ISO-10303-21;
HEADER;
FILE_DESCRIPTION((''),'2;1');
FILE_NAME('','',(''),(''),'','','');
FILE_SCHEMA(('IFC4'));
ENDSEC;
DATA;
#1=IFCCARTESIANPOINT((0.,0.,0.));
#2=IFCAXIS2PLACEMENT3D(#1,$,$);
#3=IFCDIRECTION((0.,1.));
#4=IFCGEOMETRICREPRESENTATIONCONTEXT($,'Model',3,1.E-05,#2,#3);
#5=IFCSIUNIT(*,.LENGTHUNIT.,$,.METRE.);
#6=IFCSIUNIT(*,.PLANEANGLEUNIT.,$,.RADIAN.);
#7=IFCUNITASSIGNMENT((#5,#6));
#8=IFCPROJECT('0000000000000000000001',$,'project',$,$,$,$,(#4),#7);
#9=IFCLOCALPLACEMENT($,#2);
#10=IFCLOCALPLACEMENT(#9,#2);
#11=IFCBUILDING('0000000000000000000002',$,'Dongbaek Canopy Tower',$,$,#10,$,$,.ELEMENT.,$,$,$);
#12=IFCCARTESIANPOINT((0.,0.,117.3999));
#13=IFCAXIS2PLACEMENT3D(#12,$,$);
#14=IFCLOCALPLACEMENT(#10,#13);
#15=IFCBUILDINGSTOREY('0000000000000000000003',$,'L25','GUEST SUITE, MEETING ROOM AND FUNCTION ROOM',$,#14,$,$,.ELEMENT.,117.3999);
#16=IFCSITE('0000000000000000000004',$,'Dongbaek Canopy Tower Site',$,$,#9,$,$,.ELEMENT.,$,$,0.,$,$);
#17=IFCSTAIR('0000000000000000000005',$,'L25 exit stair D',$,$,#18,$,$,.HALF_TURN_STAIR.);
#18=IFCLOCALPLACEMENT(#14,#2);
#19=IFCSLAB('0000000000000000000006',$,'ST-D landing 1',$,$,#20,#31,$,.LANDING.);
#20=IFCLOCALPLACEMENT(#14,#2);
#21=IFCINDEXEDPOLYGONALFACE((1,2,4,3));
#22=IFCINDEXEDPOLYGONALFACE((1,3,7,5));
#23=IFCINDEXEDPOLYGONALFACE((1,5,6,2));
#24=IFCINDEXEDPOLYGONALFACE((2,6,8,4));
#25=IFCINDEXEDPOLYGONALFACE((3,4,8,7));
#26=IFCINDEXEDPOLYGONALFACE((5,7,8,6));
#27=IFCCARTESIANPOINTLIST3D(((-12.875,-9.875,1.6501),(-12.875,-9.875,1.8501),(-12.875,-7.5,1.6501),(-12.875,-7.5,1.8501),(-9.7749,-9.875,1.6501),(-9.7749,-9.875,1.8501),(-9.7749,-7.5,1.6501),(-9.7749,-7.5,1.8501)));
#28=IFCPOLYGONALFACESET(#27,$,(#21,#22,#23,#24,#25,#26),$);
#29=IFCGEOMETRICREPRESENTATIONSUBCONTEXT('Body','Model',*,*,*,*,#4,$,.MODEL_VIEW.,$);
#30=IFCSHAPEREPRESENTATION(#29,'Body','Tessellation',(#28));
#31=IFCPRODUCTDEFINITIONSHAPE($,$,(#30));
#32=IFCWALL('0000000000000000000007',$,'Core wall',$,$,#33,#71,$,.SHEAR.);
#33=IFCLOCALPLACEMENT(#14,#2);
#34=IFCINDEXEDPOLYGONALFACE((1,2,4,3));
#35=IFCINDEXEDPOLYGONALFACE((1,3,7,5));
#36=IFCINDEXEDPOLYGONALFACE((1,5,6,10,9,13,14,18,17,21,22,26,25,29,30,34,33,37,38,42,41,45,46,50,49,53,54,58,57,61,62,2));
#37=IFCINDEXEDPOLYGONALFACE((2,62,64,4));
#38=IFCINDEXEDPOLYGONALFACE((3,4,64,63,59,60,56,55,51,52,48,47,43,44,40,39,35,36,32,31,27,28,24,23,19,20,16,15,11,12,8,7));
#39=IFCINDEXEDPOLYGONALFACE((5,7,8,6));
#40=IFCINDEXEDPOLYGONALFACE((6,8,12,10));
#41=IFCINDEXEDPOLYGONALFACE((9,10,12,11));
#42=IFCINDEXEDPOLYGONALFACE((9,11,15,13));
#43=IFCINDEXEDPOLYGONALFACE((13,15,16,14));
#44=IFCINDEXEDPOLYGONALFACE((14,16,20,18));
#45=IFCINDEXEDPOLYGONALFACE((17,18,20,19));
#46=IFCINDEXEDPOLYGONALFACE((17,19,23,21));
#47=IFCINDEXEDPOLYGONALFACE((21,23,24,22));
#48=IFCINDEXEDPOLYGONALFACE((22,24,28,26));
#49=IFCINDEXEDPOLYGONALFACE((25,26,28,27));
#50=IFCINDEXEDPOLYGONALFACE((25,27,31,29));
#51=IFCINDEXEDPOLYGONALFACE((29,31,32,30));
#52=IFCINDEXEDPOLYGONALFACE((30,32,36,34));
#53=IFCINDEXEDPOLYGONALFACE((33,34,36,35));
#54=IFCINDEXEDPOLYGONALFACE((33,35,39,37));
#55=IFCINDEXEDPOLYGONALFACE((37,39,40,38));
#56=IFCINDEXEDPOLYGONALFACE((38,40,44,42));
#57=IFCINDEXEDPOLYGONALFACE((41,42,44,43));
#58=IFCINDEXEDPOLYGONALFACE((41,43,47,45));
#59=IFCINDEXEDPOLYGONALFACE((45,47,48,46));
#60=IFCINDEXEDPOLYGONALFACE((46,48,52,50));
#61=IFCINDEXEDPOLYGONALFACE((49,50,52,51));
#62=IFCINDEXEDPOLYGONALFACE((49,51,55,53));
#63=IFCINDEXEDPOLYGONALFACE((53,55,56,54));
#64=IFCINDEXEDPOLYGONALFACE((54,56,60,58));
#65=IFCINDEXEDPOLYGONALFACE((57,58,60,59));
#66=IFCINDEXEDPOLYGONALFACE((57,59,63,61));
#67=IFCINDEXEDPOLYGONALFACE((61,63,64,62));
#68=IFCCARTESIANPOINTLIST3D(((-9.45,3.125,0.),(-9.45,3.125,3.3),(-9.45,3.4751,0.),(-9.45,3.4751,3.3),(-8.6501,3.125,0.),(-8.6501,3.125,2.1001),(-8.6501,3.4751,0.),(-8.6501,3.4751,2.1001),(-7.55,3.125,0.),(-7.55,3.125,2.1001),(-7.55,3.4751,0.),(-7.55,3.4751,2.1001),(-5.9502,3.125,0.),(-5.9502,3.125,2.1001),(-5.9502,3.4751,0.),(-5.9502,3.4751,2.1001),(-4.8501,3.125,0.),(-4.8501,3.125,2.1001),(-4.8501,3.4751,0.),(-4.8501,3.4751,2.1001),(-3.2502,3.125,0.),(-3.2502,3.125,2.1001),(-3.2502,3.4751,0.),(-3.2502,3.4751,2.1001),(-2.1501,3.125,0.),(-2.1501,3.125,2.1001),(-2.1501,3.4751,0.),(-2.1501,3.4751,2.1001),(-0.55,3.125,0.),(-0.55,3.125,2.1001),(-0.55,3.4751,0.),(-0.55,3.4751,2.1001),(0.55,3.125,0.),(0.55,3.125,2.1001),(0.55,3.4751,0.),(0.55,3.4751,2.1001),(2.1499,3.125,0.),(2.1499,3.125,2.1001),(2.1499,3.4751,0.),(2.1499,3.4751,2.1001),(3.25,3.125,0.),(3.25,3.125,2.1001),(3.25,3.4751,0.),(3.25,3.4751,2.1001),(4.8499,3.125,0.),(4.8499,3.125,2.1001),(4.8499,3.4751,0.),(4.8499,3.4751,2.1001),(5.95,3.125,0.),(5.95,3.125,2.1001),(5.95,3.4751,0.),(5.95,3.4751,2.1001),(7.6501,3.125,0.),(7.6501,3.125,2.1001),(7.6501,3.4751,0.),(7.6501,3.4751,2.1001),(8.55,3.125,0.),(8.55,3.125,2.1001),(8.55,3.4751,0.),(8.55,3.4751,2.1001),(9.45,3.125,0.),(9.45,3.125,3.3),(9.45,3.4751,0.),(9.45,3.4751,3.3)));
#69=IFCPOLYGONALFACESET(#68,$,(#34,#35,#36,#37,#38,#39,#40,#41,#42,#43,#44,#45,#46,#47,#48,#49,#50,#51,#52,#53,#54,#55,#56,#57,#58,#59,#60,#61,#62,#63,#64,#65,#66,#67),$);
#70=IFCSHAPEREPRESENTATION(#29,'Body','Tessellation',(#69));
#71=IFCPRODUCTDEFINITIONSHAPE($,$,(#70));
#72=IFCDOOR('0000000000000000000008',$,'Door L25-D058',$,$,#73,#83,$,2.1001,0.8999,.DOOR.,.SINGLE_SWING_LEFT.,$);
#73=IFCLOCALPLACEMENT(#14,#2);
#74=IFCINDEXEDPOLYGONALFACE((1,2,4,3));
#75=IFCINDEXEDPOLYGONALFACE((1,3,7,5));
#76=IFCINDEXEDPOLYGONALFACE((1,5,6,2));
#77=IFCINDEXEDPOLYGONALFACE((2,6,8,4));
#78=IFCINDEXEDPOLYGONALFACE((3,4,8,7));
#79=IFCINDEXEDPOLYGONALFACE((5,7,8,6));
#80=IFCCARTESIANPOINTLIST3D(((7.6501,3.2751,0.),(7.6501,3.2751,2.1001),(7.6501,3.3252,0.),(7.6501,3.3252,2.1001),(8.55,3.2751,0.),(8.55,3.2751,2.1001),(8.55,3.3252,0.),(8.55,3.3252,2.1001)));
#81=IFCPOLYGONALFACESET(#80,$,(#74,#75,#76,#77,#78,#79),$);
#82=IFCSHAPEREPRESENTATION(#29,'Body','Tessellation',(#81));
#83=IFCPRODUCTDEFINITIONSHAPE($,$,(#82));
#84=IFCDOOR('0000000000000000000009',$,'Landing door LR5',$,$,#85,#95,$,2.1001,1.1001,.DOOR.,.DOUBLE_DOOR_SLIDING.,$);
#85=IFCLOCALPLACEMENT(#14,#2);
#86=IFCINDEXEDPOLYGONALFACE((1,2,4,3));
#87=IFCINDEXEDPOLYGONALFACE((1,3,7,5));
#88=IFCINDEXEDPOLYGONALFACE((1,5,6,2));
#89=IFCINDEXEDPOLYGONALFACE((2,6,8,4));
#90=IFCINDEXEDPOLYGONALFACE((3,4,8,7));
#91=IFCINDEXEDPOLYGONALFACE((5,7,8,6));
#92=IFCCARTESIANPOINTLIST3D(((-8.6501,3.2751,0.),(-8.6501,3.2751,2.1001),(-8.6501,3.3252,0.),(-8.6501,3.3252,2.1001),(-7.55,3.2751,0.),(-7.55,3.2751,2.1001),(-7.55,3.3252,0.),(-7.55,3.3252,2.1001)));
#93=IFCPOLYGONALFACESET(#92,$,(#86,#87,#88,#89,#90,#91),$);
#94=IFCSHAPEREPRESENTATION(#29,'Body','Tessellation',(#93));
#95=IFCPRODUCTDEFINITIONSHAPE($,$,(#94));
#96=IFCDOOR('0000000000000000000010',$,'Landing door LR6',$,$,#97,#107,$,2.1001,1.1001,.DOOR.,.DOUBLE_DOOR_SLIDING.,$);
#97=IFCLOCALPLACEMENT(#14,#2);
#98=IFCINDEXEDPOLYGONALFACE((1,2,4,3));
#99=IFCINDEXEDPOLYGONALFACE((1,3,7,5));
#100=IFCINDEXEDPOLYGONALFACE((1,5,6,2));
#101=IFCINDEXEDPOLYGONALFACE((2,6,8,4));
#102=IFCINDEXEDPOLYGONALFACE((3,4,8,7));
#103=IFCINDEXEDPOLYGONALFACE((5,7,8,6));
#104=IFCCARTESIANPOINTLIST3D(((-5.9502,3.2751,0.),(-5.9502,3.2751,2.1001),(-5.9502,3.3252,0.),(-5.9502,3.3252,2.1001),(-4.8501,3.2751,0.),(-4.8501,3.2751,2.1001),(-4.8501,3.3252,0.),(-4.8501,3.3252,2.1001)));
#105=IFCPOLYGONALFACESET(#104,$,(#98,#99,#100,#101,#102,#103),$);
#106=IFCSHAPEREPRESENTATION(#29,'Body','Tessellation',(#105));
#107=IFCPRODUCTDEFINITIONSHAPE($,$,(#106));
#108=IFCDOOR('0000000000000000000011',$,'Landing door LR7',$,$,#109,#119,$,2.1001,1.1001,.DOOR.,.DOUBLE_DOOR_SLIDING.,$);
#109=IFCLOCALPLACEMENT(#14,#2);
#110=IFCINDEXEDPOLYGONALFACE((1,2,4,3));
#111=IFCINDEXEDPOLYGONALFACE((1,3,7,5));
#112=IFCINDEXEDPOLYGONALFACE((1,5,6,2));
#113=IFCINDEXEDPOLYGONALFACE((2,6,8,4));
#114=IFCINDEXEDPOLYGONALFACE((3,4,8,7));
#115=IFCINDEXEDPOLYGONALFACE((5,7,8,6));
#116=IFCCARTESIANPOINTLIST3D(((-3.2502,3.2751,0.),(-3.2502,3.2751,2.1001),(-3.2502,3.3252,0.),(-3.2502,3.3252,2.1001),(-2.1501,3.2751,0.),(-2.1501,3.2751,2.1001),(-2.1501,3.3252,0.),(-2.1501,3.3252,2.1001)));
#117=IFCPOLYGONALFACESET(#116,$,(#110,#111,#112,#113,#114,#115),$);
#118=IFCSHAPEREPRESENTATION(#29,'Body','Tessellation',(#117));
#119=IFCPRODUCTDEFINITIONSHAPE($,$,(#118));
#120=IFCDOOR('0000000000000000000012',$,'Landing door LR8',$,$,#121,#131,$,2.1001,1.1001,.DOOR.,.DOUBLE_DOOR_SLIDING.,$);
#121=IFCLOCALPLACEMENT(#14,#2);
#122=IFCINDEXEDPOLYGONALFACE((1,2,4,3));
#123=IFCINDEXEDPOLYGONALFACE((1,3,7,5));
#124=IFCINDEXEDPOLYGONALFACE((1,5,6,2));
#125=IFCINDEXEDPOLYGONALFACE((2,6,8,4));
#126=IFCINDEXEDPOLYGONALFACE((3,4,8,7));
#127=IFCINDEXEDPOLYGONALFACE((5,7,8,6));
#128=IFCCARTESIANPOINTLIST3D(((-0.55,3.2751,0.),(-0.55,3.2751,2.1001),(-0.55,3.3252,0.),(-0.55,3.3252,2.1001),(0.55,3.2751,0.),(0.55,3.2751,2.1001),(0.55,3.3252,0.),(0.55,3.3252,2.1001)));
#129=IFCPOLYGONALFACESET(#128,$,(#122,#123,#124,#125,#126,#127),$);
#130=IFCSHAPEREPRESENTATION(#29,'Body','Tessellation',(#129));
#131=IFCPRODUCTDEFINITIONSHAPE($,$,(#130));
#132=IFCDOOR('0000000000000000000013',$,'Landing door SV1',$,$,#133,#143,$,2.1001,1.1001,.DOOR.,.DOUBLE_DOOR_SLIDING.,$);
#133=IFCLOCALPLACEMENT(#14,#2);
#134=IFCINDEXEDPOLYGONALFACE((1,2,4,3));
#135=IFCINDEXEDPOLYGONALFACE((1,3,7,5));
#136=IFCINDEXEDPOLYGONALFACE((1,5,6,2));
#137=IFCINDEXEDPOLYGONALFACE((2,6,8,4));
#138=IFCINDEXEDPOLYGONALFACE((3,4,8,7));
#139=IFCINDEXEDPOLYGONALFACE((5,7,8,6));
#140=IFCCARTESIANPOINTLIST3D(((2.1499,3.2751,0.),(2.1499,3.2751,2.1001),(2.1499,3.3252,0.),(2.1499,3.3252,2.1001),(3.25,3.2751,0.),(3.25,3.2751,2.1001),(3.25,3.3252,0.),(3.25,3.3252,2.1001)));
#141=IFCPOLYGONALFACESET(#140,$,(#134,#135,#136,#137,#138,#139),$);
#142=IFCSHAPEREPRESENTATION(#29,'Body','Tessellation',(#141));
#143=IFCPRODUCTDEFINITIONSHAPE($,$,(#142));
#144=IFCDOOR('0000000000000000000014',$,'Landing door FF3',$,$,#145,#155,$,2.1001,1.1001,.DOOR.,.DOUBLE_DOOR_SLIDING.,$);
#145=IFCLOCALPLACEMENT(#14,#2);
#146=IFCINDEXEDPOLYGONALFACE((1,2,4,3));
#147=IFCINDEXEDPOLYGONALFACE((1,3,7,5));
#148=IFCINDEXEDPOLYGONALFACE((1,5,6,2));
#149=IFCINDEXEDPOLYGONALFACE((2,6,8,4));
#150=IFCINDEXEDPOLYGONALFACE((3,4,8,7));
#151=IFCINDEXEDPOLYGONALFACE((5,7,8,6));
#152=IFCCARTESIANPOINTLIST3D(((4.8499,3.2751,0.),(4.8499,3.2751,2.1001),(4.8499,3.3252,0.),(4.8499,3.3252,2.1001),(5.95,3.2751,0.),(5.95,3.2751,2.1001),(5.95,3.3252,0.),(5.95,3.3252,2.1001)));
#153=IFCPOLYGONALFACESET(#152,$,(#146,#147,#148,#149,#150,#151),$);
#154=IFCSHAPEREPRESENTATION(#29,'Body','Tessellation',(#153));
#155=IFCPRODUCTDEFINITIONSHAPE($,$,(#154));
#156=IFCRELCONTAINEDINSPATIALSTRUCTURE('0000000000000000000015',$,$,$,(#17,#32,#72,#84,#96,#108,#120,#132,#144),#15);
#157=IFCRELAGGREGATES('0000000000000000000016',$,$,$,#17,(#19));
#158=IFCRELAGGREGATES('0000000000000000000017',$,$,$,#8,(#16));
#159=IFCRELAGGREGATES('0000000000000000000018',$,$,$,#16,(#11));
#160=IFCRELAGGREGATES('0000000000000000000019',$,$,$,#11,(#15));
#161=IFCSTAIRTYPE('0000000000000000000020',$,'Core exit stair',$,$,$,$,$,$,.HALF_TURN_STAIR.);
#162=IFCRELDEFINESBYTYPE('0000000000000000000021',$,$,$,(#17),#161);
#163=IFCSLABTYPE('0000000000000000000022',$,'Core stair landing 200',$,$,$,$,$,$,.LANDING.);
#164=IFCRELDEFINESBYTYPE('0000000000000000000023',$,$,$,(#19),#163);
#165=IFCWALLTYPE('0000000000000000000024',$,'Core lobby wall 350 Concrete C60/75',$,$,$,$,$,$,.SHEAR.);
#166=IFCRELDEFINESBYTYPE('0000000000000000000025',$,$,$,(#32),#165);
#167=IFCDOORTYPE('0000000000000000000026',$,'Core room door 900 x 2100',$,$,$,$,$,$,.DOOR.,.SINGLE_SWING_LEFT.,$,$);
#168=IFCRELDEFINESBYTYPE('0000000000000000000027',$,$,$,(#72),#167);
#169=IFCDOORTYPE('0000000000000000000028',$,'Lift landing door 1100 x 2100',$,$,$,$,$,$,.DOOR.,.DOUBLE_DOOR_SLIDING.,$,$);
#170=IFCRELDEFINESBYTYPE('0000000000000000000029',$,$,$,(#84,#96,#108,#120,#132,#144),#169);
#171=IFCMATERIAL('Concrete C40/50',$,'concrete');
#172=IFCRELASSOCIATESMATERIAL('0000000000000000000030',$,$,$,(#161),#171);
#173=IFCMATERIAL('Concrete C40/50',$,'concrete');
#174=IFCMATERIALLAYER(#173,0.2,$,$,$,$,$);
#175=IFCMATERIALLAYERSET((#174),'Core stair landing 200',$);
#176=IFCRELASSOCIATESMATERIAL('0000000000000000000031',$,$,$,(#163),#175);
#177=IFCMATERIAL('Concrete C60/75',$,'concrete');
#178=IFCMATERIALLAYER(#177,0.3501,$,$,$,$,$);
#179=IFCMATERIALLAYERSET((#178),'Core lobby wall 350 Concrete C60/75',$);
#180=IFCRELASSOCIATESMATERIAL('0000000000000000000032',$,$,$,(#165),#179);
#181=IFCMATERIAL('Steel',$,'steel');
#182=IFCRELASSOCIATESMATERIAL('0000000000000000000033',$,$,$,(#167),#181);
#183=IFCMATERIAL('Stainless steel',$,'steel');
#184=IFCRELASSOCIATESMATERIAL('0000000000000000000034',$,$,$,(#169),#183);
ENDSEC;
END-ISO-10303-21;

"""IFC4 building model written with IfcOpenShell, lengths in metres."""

from ifc_helpers import new_model, si_unit, direction, frame, frame_2d, origin, place, context, subcontext, project, spatial, polyline, rectangle, outline, extrude, material, layer, layer_set, type_object, element, fill, aggregate, save


model = new_model("IFC4")

# Units and contexts
model_context = context("Model", 3, precision=1e-05, world=origin(), true_north=direction((0.0, 1.0)))
body_context = subcontext(model_context, "Body", "Model", "MODEL_VIEW")
ifc_project = project(units=[si_unit("LENGTHUNIT", "METRE"), si_unit("PLANEANGLEUNIT", "RADIAN")], contexts=[model_context])

# Site, building, storey
site_placement = place(None, origin())
site = spatial("IfcSite", under=ifc_project, at=site_placement, Name="Dongbaek Canopy Tower Site", CompositionType="ELEMENT", RefElevation=0.0)
building_placement = place(site_placement, origin())
building = spatial("IfcBuilding", under=site, at=building_placement, Name="Dongbaek Canopy Tower", CompositionType="ELEMENT")
storey_placement = place(building_placement, frame((0.0, 0.0, 117.3999)))
storey = spatial("IfcBuildingStorey", under=building, at=storey_placement, Name="L25", Description="GUEST SUITE, MEETING ROOM AND FUNCTION ROOM", CompositionType="ELEMENT", Elevation=117.3999)

# Stair, slab
ifc_material_1 = material(Name="Concrete C40/50", Category="concrete")
stair_type = type_object("IfcStairType", Name="Core exit stair", PredefinedType="HALF_TURN_STAIR", material=ifc_material_1)
stair_1_placement = place(storey_placement, origin())
stair_1 = element("IfcStair", 1, at=stair_1_placement, inside=storey, type_object=stair_type, Name="L25 exit stair D", PredefinedType="HALF_TURN_STAIR")
ifc_material_2 = material(Name="Concrete C40/50", Category="concrete")
ifc_layer_1 = layer(ifc_material_2, 0.2)
ifc_layer_set_1 = layer_set([ifc_layer_1], Name="Core stair landing 200")
slab_type = type_object("IfcSlabType", Name="Core stair landing 200", PredefinedType="LANDING", material=ifc_layer_set_1)
slab_placement = place(storey_placement, frame((0.0, 0.0, 1.6501)))
slab = element("IfcSlab", 2, at=slab_placement, type_object=slab_type, Name="ST-D landing 1", PredefinedType="LANDING", context=body_context, shape_type="SweptSolid", body=[
    extrude(outline(polyline([(-12.875, -7.5), (-12.875, -9.875), (-9.7749, -9.875), (-9.7749, -7.5), (-12.875, -7.5)])), origin(), (0.0, 0.0, 1.0), 0.2),
])
aggregate(stair_1, [slab])

# Wall, openings, doors
ifc_material_3 = material(Name="Concrete C60/75", Category="concrete")
ifc_layer_2 = layer(ifc_material_3, 0.3501)
ifc_layer_set_2 = layer_set([ifc_layer_2], Name="Core lobby wall 350 Concrete C60/75")
wall_type_1 = type_object("IfcWallType", Name="Core lobby wall 350 Concrete C60/75", PredefinedType="SHEAR", material=ifc_layer_set_2)
wall_1_placement = place(storey_placement, frame((9.45, 3.3, 0.0), z_axis=(0.0, 0.0, 1.0), x_axis=(-1.0, 0.0, 0.0)))
wall_1 = element("IfcWall", 3, at=wall_1_placement, inside=storey, type_object=wall_type_1, Name="Core wall", PredefinedType="SHEAR", context=body_context, shape_type="SweptSolid", body=[
    extrude(rectangle(XDim=18.8999, YDim=0.3501, at=frame_2d((9.45, 0.0))), origin(), (0.0, 0.0, 1.0), 3.3),
])
opening_1_placement = place(wall_1_placement, frame((17.0, 0.0, 0.0)))
opening_1 = element("IfcOpeningElement", 4, at=opening_1_placement, cuts=wall_1, PredefinedType="OPENING", context=body_context, shape_type="SweptSolid", body=[
    extrude(rectangle(XDim=1.1001, YDim=2.1001, at=frame_2d((0.55, 1.05))), frame((0.0, 0.1851, 0.0), z_axis=(0.0, -1.0, 0.0), x_axis=(1.0, 0.0, 0.0)), (0.0, 0.0, 1.0), 0.3701),
])
opening_2_placement = place(wall_1_placement, frame((14.3, 0.0, 0.0)))
opening_2 = element("IfcOpeningElement", 5, at=opening_2_placement, cuts=wall_1, PredefinedType="OPENING", context=body_context, shape_type="SweptSolid", body=[
    extrude(rectangle(XDim=1.1001, YDim=2.1001, at=frame_2d((0.55, 1.05))), frame((0.0, 0.1851, 0.0), z_axis=(0.0, -1.0, 0.0), x_axis=(1.0, 0.0, 0.0)), (0.0, 0.0, 1.0), 0.3701),
])
opening_3_placement = place(wall_1_placement, frame((11.6001, 0.0, 0.0)))
opening_3 = element("IfcOpeningElement", 6, at=opening_3_placement, cuts=wall_1, PredefinedType="OPENING", context=body_context, shape_type="SweptSolid", body=[
    extrude(rectangle(XDim=1.1001, YDim=2.1001, at=frame_2d((0.55, 1.05))), frame((0.0, 0.1851, 0.0), z_axis=(0.0, -1.0, 0.0), x_axis=(1.0, 0.0, 0.0)), (0.0, 0.0, 1.0), 0.3701),
])
opening_4_placement = place(wall_1_placement, frame((8.8999, 0.0, 0.0)))
opening_4 = element("IfcOpeningElement", 7, at=opening_4_placement, cuts=wall_1, PredefinedType="OPENING", context=body_context, shape_type="SweptSolid", body=[
    extrude(rectangle(XDim=1.1001, YDim=2.1001, at=frame_2d((0.55, 1.05))), frame((0.0, 0.1851, 0.0), z_axis=(0.0, -1.0, 0.0), x_axis=(1.0, 0.0, 0.0)), (0.0, 0.0, 1.0), 0.3701),
])
opening_5_placement = place(wall_1_placement, frame((6.2, 0.0, 0.0)))
opening_5 = element("IfcOpeningElement", 8, at=opening_5_placement, cuts=wall_1, PredefinedType="OPENING", context=body_context, shape_type="SweptSolid", body=[
    extrude(rectangle(XDim=1.1001, YDim=2.1001, at=frame_2d((0.55, 1.05))), frame((0.0, 0.1851, 0.0), z_axis=(0.0, -1.0, 0.0), x_axis=(1.0, 0.0, 0.0)), (0.0, 0.0, 1.0), 0.3701),
])
opening_6_placement = place(wall_1_placement, frame((3.5, 0.0, 0.0)))
opening_6 = element("IfcOpeningElement", 9, at=opening_6_placement, cuts=wall_1, PredefinedType="OPENING", context=body_context, shape_type="SweptSolid", body=[
    extrude(rectangle(XDim=1.1001, YDim=2.1001, at=frame_2d((0.55, 1.05))), frame((0.0, 0.1851, 0.0), z_axis=(0.0, -1.0, 0.0), x_axis=(1.0, 0.0, 0.0)), (0.0, 0.0, 1.0), 0.3701),
])
opening_7_placement = place(wall_1_placement, frame((0.8999, 0.0, 0.0)))
opening_7 = element("IfcOpeningElement", 10, at=opening_7_placement, cuts=wall_1, PredefinedType="OPENING", context=body_context, shape_type="SweptSolid", body=[
    extrude(rectangle(XDim=0.8999, YDim=2.1001, at=frame_2d((0.45, 1.05))), frame((0.0, 0.1851, 0.0), z_axis=(0.0, -1.0, 0.0), x_axis=(1.0, 0.0, 0.0)), (0.0, 0.0, 1.0), 0.3701),
])
ifc_material_4 = material(Name="Steel", Category="steel")
door_type_1 = type_object("IfcDoorType", Name="Core room door 900 x 2100", OperationType="SINGLE_SWING_LEFT", PredefinedType="DOOR", material=ifc_material_4)
door_1_placement = place(opening_7_placement, origin())
door_1 = element("IfcDoor", 11, at=door_1_placement, inside=storey, type_object=door_type_1, Name="Door L25-D058", OperationType="SINGLE_SWING_LEFT", OverallHeight=2.1001, OverallWidth=0.8999, PredefinedType="DOOR", context=body_context, shape_type="SweptSolid", body=[
    extrude(rectangle(XDim=0.8999, YDim=2.1001, at=frame_2d((0.45, 1.05))), frame((0.0, 0.0249, 0.0), z_axis=(0.0, -1.0, 0.0), x_axis=(1.0, 0.0, 0.0)), (0.0, 0.0, 1.0), 0.05),
])
fill(opening_7, door_1)
ifc_material_5 = material(Name="Stainless steel", Category="steel")
door_type_2 = type_object("IfcDoorType", Name="Lift landing door 1100 x 2100", OperationType="DOUBLE_DOOR_SLIDING", PredefinedType="DOOR", material=ifc_material_5)
door_2_placement = place(opening_1_placement, origin())
door_2 = element("IfcDoor", 12, at=door_2_placement, inside=storey, type_object=door_type_2, Name="Landing door LR5", OperationType="DOUBLE_DOOR_SLIDING", OverallHeight=2.1001, OverallWidth=1.1001, PredefinedType="DOOR", context=body_context, shape_type="SweptSolid", body=[
    extrude(rectangle(XDim=1.1001, YDim=2.1001, at=frame_2d((0.55, 1.05))), frame((0.0, 0.0249, 0.0), z_axis=(0.0, -1.0, 0.0), x_axis=(1.0, 0.0, 0.0)), (0.0, 0.0, 1.0), 0.05),
])
fill(opening_1, door_2)
door_3_placement = place(opening_2_placement, origin())
door_3 = element("IfcDoor", 13, at=door_3_placement, inside=storey, type_object=door_type_2, Name="Landing door LR6", OperationType="DOUBLE_DOOR_SLIDING", OverallHeight=2.1001, OverallWidth=1.1001, PredefinedType="DOOR", context=body_context, shape_type="SweptSolid", body=[
    extrude(rectangle(XDim=1.1001, YDim=2.1001, at=frame_2d((0.55, 1.05))), frame((0.0, 0.0249, 0.0), z_axis=(0.0, -1.0, 0.0), x_axis=(1.0, 0.0, 0.0)), (0.0, 0.0, 1.0), 0.05),
])
fill(opening_2, door_3)
door_4_placement = place(opening_3_placement, origin())
door_4 = element("IfcDoor", 14, at=door_4_placement, inside=storey, type_object=door_type_2, Name="Landing door LR7", OperationType="DOUBLE_DOOR_SLIDING", OverallHeight=2.1001, OverallWidth=1.1001, PredefinedType="DOOR", context=body_context, shape_type="SweptSolid", body=[
    extrude(rectangle(XDim=1.1001, YDim=2.1001, at=frame_2d((0.55, 1.05))), frame((0.0, 0.0249, 0.0), z_axis=(0.0, -1.0, 0.0), x_axis=(1.0, 0.0, 0.0)), (0.0, 0.0, 1.0), 0.05),
])
fill(opening_3, door_4)
door_5_placement = place(opening_4_placement, origin())
door_5 = element("IfcDoor", 15, at=door_5_placement, inside=storey, type_object=door_type_2, Name="Landing door LR8", OperationType="DOUBLE_DOOR_SLIDING", OverallHeight=2.1001, OverallWidth=1.1001, PredefinedType="DOOR", context=body_context, shape_type="SweptSolid", body=[
    extrude(rectangle(XDim=1.1001, YDim=2.1001, at=frame_2d((0.55, 1.05))), frame((0.0, 0.0249, 0.0), z_axis=(0.0, -1.0, 0.0), x_axis=(1.0, 0.0, 0.0)), (0.0, 0.0, 1.0), 0.05),
])
fill(opening_4, door_5)
door_6_placement = place(opening_5_placement, origin())
door_6 = element("IfcDoor", 16, at=door_6_placement, inside=storey, type_object=door_type_2, Name="Landing door SV1", OperationType="DOUBLE_DOOR_SLIDING", OverallHeight=2.1001, OverallWidth=1.1001, PredefinedType="DOOR", context=body_context, shape_type="SweptSolid", body=[
    extrude(rectangle(XDim=1.1001, YDim=2.1001, at=frame_2d((0.55, 1.05))), frame((0.0, 0.0249, 0.0), z_axis=(0.0, -1.0, 0.0), x_axis=(1.0, 0.0, 0.0)), (0.0, 0.0, 1.0), 0.05),
])
fill(opening_5, door_6)
door_7_placement = place(opening_6_placement, origin())
door_7 = element("IfcDoor", 17, at=door_7_placement, inside=storey, type_object=door_type_2, Name="Landing door FF3", OperationType="DOUBLE_DOOR_SLIDING", OverallHeight=2.1001, OverallWidth=1.1001, PredefinedType="DOOR", context=body_context, shape_type="SweptSolid", body=[
    extrude(rectangle(XDim=1.1001, YDim=2.1001, at=frame_2d((0.55, 1.05))), frame((0.0, 0.0249, 0.0), z_axis=(0.0, -1.0, 0.0), x_axis=(1.0, 0.0, 0.0)), (0.0, 0.0, 1.0), 0.05),
])
fill(opening_6, door_7)

save(model, "model.ifc")
